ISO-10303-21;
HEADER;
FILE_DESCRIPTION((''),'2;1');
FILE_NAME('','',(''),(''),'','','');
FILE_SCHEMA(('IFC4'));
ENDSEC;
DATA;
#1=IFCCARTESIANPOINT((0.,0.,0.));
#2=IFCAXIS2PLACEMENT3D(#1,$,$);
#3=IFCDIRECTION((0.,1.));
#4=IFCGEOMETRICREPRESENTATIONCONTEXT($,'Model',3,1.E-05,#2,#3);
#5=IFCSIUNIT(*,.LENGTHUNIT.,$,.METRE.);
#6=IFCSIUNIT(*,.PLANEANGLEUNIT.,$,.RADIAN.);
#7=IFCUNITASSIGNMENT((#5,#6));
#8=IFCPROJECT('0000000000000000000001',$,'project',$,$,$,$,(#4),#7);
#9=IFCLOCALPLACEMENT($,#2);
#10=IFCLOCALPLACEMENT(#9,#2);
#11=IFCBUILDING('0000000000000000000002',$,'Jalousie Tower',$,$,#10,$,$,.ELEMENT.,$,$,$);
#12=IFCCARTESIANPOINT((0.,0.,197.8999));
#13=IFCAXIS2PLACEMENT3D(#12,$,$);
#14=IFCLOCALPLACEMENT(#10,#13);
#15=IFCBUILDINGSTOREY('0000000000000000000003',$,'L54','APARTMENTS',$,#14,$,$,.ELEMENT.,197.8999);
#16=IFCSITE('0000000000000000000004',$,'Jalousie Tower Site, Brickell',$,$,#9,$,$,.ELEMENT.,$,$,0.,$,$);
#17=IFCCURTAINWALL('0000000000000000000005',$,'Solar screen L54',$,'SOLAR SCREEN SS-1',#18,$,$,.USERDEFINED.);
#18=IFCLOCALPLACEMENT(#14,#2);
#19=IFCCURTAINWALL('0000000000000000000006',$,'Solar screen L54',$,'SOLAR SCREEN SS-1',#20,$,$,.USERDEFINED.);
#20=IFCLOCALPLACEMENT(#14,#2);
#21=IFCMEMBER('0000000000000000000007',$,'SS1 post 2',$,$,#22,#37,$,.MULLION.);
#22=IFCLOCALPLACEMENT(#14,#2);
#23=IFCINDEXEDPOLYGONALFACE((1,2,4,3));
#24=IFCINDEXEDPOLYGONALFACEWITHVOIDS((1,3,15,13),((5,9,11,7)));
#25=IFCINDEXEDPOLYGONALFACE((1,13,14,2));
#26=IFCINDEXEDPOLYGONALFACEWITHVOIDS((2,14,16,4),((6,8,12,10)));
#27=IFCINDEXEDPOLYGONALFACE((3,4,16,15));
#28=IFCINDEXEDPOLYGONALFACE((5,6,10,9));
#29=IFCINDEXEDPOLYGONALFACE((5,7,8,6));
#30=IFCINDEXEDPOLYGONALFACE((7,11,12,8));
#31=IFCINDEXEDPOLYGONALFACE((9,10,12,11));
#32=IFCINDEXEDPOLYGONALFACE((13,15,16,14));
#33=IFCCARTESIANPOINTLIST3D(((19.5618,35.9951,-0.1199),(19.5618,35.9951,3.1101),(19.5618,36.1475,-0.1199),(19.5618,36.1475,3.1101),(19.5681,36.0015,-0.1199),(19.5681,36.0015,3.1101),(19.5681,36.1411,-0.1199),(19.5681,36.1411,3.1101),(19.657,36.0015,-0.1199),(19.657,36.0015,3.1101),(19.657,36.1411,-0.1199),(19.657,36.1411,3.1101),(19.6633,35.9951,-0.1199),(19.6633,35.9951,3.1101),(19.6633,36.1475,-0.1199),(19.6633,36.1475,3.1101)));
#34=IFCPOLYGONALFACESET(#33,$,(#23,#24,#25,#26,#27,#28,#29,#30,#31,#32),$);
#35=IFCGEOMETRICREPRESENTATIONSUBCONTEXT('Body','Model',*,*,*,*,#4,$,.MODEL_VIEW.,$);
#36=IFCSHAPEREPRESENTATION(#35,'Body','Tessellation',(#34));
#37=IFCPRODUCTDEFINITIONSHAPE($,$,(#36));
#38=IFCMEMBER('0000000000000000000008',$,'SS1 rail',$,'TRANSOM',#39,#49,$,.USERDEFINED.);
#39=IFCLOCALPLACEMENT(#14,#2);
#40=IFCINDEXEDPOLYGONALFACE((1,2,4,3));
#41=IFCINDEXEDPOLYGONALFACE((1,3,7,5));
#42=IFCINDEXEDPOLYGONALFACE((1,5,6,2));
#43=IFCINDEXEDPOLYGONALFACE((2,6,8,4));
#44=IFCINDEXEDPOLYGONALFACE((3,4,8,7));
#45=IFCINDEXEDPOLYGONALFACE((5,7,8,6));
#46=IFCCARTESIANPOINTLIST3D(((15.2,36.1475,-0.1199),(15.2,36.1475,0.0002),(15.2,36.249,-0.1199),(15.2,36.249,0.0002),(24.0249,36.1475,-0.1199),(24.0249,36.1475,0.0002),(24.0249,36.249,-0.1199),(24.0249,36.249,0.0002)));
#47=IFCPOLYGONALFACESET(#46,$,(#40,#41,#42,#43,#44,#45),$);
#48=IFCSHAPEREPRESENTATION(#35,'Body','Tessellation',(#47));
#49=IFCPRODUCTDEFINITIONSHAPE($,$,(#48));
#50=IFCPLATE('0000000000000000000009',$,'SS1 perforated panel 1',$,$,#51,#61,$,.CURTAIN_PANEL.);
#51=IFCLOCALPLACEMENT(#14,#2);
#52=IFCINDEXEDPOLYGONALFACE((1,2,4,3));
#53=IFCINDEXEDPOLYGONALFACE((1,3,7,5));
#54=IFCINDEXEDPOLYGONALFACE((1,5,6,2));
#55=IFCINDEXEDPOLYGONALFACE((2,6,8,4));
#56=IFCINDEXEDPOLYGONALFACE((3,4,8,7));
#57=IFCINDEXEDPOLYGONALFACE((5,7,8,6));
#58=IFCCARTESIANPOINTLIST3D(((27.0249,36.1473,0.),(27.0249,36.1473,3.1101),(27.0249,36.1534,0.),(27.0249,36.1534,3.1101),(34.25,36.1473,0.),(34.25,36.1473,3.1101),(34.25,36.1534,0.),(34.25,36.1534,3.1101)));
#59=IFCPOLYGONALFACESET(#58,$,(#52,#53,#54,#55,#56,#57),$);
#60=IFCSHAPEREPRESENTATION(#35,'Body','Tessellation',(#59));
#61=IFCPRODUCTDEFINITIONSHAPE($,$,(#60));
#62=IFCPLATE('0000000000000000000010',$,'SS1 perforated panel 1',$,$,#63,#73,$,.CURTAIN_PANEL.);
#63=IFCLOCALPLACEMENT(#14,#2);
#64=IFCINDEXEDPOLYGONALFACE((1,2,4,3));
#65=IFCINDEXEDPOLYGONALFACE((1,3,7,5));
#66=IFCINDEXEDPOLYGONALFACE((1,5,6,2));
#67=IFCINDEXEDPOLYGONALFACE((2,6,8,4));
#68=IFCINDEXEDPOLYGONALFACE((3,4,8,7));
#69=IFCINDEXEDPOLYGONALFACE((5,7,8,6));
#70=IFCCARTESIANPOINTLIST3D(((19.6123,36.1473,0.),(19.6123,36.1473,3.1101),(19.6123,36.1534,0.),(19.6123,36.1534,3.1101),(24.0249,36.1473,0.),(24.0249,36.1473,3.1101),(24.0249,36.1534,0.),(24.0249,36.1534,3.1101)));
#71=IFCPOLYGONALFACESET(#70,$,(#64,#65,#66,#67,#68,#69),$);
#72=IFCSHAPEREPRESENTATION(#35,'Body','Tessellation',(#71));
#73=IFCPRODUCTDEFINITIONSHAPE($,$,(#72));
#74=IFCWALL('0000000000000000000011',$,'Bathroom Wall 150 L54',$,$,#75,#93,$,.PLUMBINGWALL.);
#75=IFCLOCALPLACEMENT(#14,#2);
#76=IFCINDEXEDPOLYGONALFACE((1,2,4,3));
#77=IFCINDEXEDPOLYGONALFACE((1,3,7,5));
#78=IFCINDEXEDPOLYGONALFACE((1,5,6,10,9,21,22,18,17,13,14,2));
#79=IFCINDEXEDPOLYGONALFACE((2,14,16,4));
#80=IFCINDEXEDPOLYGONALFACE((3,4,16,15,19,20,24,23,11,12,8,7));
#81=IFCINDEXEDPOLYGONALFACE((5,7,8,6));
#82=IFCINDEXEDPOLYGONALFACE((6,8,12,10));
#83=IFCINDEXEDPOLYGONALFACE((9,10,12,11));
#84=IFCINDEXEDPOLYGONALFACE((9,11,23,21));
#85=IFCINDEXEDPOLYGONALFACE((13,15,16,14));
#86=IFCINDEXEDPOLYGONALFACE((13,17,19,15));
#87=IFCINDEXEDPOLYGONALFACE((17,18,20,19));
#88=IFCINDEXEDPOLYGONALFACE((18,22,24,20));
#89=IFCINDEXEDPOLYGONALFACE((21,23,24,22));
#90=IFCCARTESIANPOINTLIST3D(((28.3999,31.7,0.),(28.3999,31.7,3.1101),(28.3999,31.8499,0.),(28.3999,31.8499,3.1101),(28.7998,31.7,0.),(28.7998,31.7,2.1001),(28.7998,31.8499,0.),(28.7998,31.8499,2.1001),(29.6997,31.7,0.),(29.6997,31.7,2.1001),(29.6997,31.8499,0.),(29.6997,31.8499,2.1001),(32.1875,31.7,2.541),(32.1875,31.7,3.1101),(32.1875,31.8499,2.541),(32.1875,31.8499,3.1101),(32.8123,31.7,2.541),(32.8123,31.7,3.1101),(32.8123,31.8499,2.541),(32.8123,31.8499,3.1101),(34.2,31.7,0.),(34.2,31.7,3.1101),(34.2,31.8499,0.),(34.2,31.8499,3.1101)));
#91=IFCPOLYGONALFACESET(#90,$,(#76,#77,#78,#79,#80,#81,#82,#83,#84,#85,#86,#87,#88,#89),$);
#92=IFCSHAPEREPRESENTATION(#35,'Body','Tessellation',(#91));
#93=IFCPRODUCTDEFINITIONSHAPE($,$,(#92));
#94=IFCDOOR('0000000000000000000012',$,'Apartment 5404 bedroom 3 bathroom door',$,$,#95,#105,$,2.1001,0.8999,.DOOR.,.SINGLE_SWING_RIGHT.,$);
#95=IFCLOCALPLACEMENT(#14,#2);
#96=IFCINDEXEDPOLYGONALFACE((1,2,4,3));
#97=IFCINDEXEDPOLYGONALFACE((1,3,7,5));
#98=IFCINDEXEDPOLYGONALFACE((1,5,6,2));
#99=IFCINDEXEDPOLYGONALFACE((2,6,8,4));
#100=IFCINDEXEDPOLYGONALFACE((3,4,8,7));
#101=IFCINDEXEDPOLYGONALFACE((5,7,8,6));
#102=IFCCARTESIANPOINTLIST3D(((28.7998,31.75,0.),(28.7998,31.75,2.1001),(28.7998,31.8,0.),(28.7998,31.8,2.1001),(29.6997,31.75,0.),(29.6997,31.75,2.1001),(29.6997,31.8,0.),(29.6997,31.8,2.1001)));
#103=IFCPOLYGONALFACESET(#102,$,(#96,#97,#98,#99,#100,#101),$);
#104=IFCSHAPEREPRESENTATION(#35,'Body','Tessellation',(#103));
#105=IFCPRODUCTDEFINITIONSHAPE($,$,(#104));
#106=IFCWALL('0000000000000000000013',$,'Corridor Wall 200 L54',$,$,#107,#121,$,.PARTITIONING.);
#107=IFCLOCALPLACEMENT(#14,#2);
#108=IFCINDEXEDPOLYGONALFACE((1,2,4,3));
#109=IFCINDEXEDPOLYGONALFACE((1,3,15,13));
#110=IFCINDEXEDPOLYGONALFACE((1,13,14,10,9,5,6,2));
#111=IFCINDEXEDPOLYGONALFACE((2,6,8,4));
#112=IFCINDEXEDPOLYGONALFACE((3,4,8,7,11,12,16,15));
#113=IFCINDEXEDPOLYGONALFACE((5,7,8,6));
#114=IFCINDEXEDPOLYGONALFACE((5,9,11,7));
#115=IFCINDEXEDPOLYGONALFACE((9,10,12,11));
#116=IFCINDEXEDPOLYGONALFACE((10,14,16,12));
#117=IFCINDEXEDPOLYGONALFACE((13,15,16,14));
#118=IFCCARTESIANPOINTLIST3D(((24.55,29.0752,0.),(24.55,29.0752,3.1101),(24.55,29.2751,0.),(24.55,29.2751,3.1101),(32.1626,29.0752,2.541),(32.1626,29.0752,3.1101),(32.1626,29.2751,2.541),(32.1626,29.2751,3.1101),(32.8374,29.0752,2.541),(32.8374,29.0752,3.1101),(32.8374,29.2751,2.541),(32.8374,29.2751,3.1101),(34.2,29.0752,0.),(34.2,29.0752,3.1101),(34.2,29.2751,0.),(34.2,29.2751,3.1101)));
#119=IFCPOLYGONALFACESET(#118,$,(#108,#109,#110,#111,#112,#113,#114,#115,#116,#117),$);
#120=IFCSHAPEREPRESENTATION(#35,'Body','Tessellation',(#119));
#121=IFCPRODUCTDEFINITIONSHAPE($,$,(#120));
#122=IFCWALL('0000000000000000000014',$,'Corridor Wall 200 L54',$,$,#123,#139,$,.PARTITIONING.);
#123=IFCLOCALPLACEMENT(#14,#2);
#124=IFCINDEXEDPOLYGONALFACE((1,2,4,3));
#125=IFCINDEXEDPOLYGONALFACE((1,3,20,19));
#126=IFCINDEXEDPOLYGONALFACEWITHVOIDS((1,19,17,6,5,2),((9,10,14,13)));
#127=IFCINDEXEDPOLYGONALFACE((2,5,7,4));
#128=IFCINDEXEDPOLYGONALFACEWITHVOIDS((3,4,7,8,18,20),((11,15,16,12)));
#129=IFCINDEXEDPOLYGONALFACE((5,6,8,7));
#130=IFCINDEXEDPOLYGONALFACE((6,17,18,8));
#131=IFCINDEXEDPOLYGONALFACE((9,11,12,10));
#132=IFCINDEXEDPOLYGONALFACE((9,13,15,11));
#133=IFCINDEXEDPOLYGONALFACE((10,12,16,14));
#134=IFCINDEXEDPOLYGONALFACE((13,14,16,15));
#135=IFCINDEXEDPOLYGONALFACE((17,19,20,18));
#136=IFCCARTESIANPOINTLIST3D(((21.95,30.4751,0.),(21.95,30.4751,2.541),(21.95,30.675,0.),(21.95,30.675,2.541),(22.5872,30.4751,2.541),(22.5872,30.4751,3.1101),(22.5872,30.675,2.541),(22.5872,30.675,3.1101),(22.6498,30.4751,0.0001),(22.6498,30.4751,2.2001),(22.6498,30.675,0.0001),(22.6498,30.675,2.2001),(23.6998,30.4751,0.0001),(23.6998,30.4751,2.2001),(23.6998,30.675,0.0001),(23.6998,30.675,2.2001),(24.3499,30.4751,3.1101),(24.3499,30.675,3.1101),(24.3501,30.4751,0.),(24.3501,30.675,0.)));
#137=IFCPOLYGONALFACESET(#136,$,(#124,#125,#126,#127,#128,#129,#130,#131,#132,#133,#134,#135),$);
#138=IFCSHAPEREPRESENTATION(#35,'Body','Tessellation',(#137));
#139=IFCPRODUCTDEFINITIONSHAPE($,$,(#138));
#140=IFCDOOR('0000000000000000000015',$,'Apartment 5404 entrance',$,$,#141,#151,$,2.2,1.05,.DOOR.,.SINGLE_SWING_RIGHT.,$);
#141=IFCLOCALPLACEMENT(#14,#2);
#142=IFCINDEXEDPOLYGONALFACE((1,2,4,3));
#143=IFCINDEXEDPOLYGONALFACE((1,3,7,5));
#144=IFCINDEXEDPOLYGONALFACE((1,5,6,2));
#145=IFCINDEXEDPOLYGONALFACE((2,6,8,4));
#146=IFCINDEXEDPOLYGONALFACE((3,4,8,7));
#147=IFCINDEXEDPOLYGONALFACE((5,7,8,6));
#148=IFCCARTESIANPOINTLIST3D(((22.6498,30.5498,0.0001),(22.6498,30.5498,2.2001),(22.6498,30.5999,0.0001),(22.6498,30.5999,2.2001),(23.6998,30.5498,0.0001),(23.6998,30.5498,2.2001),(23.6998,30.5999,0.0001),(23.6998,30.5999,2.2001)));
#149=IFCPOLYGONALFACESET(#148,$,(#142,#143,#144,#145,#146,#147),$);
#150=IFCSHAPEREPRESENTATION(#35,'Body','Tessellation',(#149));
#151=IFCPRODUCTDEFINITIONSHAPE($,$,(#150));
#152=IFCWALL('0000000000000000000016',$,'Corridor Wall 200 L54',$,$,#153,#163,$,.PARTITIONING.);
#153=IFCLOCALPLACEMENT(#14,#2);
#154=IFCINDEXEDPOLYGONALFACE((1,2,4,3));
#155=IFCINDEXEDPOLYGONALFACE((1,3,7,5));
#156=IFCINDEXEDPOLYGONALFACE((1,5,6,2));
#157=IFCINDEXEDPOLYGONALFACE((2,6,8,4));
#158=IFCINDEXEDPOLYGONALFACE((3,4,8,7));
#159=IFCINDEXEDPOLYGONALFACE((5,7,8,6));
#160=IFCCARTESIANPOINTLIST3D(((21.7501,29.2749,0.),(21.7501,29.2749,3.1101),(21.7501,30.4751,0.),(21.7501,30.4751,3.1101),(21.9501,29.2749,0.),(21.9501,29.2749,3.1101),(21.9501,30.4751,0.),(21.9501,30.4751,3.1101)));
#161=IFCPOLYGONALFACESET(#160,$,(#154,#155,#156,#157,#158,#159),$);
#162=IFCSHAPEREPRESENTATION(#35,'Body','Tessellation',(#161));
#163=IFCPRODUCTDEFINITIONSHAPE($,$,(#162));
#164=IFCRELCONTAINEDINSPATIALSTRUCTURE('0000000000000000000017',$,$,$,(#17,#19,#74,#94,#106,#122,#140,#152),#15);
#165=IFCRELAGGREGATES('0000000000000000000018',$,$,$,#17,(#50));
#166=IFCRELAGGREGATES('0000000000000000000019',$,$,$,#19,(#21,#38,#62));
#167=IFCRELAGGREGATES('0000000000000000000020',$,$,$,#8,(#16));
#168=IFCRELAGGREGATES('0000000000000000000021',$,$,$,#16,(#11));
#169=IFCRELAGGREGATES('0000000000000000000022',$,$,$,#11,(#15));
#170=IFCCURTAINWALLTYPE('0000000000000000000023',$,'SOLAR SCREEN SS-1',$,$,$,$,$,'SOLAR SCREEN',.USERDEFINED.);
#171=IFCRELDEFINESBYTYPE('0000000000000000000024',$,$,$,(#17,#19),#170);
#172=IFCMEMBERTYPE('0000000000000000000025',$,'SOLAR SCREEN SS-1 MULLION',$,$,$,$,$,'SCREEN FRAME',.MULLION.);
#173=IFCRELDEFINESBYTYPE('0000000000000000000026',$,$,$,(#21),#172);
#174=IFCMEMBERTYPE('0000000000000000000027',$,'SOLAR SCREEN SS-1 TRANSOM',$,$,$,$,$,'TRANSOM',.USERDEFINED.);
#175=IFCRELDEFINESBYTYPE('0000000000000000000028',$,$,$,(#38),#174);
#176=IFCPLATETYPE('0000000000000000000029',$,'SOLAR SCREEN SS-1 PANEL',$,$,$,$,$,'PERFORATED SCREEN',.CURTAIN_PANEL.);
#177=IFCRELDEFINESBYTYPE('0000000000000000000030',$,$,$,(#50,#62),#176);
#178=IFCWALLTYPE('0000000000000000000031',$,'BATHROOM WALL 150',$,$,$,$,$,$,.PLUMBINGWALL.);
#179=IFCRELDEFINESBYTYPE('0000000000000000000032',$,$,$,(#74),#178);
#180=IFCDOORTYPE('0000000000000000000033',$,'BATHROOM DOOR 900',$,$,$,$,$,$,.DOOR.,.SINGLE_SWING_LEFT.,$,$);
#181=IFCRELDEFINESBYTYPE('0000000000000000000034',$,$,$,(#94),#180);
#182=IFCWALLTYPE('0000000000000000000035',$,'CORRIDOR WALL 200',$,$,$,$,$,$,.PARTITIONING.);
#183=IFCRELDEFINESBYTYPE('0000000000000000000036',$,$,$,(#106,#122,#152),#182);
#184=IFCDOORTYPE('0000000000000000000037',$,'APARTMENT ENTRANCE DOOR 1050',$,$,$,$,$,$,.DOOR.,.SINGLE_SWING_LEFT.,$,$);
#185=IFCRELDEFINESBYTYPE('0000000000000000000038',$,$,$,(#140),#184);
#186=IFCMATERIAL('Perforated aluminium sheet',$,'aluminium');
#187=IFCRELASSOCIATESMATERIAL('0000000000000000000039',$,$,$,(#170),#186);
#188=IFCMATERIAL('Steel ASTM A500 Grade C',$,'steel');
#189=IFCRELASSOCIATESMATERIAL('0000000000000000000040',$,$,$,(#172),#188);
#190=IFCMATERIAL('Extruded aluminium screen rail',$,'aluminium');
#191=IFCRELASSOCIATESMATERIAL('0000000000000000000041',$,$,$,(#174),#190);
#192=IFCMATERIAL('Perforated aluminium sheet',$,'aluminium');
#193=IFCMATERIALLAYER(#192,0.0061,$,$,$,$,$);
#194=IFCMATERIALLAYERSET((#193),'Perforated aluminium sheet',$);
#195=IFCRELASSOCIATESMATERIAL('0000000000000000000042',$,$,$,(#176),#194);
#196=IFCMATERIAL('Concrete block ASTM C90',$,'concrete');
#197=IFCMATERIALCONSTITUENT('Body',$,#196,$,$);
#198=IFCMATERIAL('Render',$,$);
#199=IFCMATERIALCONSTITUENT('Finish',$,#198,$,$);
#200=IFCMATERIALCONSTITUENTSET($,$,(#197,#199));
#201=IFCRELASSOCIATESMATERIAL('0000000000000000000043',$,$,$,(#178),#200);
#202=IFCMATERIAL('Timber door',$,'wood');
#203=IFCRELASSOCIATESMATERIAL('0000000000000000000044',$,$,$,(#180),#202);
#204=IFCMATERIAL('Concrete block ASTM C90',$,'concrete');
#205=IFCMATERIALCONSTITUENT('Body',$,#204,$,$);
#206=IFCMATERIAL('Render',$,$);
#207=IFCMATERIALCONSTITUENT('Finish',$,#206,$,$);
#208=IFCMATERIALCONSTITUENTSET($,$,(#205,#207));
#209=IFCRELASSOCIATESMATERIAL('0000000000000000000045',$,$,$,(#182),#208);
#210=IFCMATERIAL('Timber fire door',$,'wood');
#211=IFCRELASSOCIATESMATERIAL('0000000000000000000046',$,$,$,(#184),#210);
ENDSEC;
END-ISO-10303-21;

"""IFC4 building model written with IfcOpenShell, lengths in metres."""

from ifc_helpers import new_model, si_unit, direction, frame, frame_2d, origin, origin_2d, place, context, subcontext, project, spatial, polyline, rectangle, hollow_rectangle, outline, extrude, material, layer, layer_set, constituent, constituent_set, material_profile, profile_set, type_object, element, fill, aggregate, save


model = new_model("IFC4")

# Units and contexts
model_context = context("Model", 3, precision=1e-05, world=origin(), true_north=direction((0.0, 1.0)))
body_context = subcontext(model_context, "Body", "Model", "MODEL_VIEW")
ifc_project = project(units=[si_unit("LENGTHUNIT", "METRE"), si_unit("PLANEANGLEUNIT", "RADIAN")], contexts=[model_context])

# Site, building, storey
site_placement = place(None, origin())
site = spatial("IfcSite", under=ifc_project, at=site_placement, Name="Jalousie Tower Site, Brickell", CompositionType="ELEMENT", RefElevation=0.0)
building_placement = place(site_placement, origin())
building = spatial("IfcBuilding", under=site, at=building_placement, Name="Jalousie Tower", CompositionType="ELEMENT")
storey_placement = place(building_placement, frame((0.0, 0.0, 197.8999)))
storey = spatial("IfcBuildingStorey", under=building, at=storey_placement, Name="L54", Description="APARTMENTS", CompositionType="ELEMENT", Elevation=197.8999)

# Curtain wall
ifc_material_1 = material(Name="Perforated aluminium sheet", Category="aluminium")
curtain_wall_type = type_object("IfcCurtainWallType", Name="SOLAR SCREEN SS-1", ElementType="SOLAR SCREEN", PredefinedType="USERDEFINED", material=ifc_material_1)
curtain_wall_1_placement = place(storey_placement, origin())
curtain_wall_1 = element("IfcCurtainWall", 1, at=curtain_wall_1_placement, inside=storey, type_object=curtain_wall_type, Name="Solar screen L54", ObjectType="SOLAR SCREEN SS-1", PredefinedType="USERDEFINED")
ifc_material_2 = material(Name="Steel ASTM A500 Grade C", Category="steel")
ifc_material_profile_1 = material_profile(ifc_material_2, hollow_rectangle(XDim=0.1016, YDim=0.1523, WallThickness=0.0063, at=origin_2d()), Name="HSS6X4X1/4")
ifc_profile_set_1 = profile_set([ifc_material_profile_1], Name="Steel ASTM A500 Grade C")
member_type_1 = type_object("IfcMemberType", Name="SOLAR SCREEN SS-1 MULLION", ElementType="SCREEN FRAME", PredefinedType="MULLION", material=ifc_profile_set_1)

# Curtain wall, members
curtain_wall_2_placement = place(storey_placement, origin())
curtain_wall_2 = element("IfcCurtainWall", 2, at=curtain_wall_2_placement, inside=storey, type_object=curtain_wall_type, Name="Solar screen L54", ObjectType="SOLAR SCREEN SS-1", PredefinedType="USERDEFINED")
member_1_placement = place(storey_placement, frame((19.6125, 36.0713, -0.1199), z_axis=(0.0, 0.0, 1.0), x_axis=(-1.0, 0.0, 0.0)))
member_1 = element("IfcMember", 3, at=member_1_placement, type_object=member_type_1, Name="SS1 post 2", PredefinedType="MULLION", context=body_context, shape_type="SweptSolid", body=[
    extrude(hollow_rectangle(XDim=0.1016, YDim=0.1523, WallThickness=0.0063, at=origin_2d()), origin(), (0.0, 0.0, 1.0), 3.23),
])
ifc_material_3 = material(Name="Extruded aluminium screen rail", Category="aluminium")
ifc_material_profile_2 = material_profile(ifc_material_3, rectangle(XDim=0.1016, YDim=0.1201, at=origin_2d()), Name="RAIL 102x120")
ifc_profile_set_2 = profile_set([ifc_material_profile_2], Name="Extruded aluminium screen rail")
member_type_2 = type_object("IfcMemberType", Name="SOLAR SCREEN SS-1 TRANSOM", ElementType="TRANSOM", PredefinedType="USERDEFINED", material=ifc_profile_set_2)
member_2_placement = place(storey_placement, frame((24.0249, 36.1982, -0.0598), z_axis=(-1.0, 0.0, 0.0), x_axis=(0.0, -1.0, 0.0)))
member_2 = element("IfcMember", 4, at=member_2_placement, type_object=member_type_2, Name="SS1 rail", ObjectType="TRANSOM", PredefinedType="USERDEFINED", context=body_context, shape_type="SweptSolid", body=[
    extrude(rectangle(XDim=0.1016, YDim=0.1201, at=origin_2d()), origin(), (0.0, 0.0, 1.0), 8.825),
])

# Plates
ifc_material_4 = material(Name="Perforated aluminium sheet", Category="aluminium")
ifc_layer = layer(ifc_material_4, 0.0061)
ifc_layer_set = layer_set([ifc_layer], Name="Perforated aluminium sheet")
plate_type = type_object("IfcPlateType", Name="SOLAR SCREEN SS-1 PANEL", ElementType="PERFORATED SCREEN", PredefinedType="CURTAIN_PANEL", material=ifc_layer_set)
plate_1_placement = place(storey_placement, frame((30.6375, 36.1504, 0.0), z_axis=(0.0, 0.0, 1.0), x_axis=(-1.0, 0.0, 0.0)))
plate_1 = element("IfcPlate", 5, at=plate_1_placement, type_object=plate_type, Name="SS1 perforated panel 1", PredefinedType="CURTAIN_PANEL", context=body_context, shape_type="SweptSolid", body=[
    extrude(rectangle(XDim=7.2251, YDim=0.0061, at=origin_2d()), origin(), (0.0, 0.0, 1.0), 3.1101),
])
aggregate(curtain_wall_1, [plate_1])
plate_2_placement = place(storey_placement, frame((21.8186, 36.1504, 0.0), z_axis=(0.0, 0.0, 1.0), x_axis=(-1.0, 0.0, 0.0)))
plate_2 = element("IfcPlate", 6, at=plate_2_placement, type_object=plate_type, Name="SS1 perforated panel 1", PredefinedType="CURTAIN_PANEL", context=body_context, shape_type="SweptSolid", body=[
    extrude(rectangle(XDim=4.4126, YDim=0.0061, at=origin_2d()), origin(), (0.0, 0.0, 1.0), 3.1101),
])
aggregate(curtain_wall_2, [member_1, member_2, plate_2])

# Wall, opening, door
ifc_material_5 = material(Name="Concrete block ASTM C90", Category="concrete")
ifc_constituent_1 = constituent(ifc_material_5, Name="Body")
ifc_material_6 = material(Name="Render")
ifc_constituent_2 = constituent(ifc_material_6, Name="Finish")
ifc_constituent_set_1 = constituent_set(constituents=[ifc_constituent_1, ifc_constituent_2])
wall_type_1 = type_object("IfcWallType", Name="BATHROOM WALL 150", PredefinedType="PLUMBINGWALL", material=ifc_constituent_set_1)
wall_1_placement = place(storey_placement, frame((28.3999, 31.7749, 0.0), z_axis=(0.0, 0.0, 1.0), x_axis=(1.0, 0.0, 0.0)))
wall_1 = element("IfcWall", 7, at=wall_1_placement, inside=storey, type_object=wall_type_1, Name="Bathroom Wall 150 L54", PredefinedType="PLUMBINGWALL", context=body_context, shape_type="SweptSolid", body=[
    extrude(outline(polyline([(0.0, 0.0), (5.8, 0.0), (5.8, 3.1101), (4.4124, 3.1101), (4.4124, 2.541), (3.7876, 2.541), (3.7876, 3.1101), (0.0, 3.1101), (0.0, 0.0)])), frame((0.0, 0.075, 0.0), z_axis=(0.0, -1.0, 0.0), x_axis=(1.0, 0.0, 0.0)), (0.0, 0.0, 1.0), 0.1499),
])
opening_1_placement = place(wall_1_placement, frame((0.3999, 0.0, 0.0)))
opening_1 = element("IfcOpeningElement", 8, at=opening_1_placement, cuts=wall_1, PredefinedType="OPENING", context=body_context, shape_type="SweptSolid", body=[
    extrude(rectangle(XDim=0.8999, YDim=2.1001, at=frame_2d((0.45, 1.05))), frame((0.0, 0.085, 0.0), z_axis=(0.0, -1.0, 0.0), x_axis=(1.0, 0.0, 0.0)), (0.0, 0.0, 1.0), 0.1699),
])
ifc_material_7 = material(Name="Timber door", Category="wood")
door_type_1 = type_object("IfcDoorType", Name="BATHROOM DOOR 900", OperationType="SINGLE_SWING_LEFT", PredefinedType="DOOR", material=ifc_material_7)
door_1_placement = place(opening_1_placement, frame((0.8999, 0.0, 0.0), z_axis=(0.0, 0.0, 1.0), x_axis=(-1.0, 0.0, 0.0)))
door_1 = element("IfcDoor", 9, at=door_1_placement, inside=storey, type_object=door_type_1, Name="Apartment 5404 bedroom 3 bathroom door", OperationType="SINGLE_SWING_RIGHT", OverallHeight=2.1001, OverallWidth=0.8999, PredefinedType="DOOR", context=body_context, shape_type="SweptSolid", body=[
    extrude(rectangle(XDim=0.8999, YDim=2.1001, at=frame_2d((0.45, 1.05))), frame((0.0, 0.0249, 0.0), z_axis=(0.0, -1.0, 0.0), x_axis=(1.0, 0.0, 0.0)), (0.0, 0.0, 1.0), 0.05),
])
fill(opening_1, door_1)

# Wall
ifc_material_8 = material(Name="Concrete block ASTM C90", Category="concrete")
ifc_constituent_3 = constituent(ifc_material_8, Name="Body")
ifc_material_9 = material(Name="Render")
ifc_constituent_4 = constituent(ifc_material_9, Name="Finish")
ifc_constituent_set_2 = constituent_set(constituents=[ifc_constituent_3, ifc_constituent_4])
wall_type_2 = type_object("IfcWallType", Name="CORRIDOR WALL 200", PredefinedType="PARTITIONING", material=ifc_constituent_set_2)
wall_2_placement = place(storey_placement, frame((24.55, 29.175, 0.0), z_axis=(0.0, 0.0, 1.0), x_axis=(1.0, 0.0, 0.0)))
element("IfcWall", 10, at=wall_2_placement, inside=storey, type_object=wall_type_2, Name="Corridor Wall 200 L54", PredefinedType="PARTITIONING", context=body_context, shape_type="SweptSolid", body=[
    extrude(outline(polyline([(0.0, 0.0), (9.6499, 0.0), (9.6499, 3.1101), (8.2874, 3.1101), (8.2874, 2.541), (7.6125, 2.541), (7.6125, 3.1101), (0.0, 3.1101), (0.0, 0.0)])), frame((0.0, 0.1001, 0.0), z_axis=(0.0, -1.0, 0.0), x_axis=(1.0, 0.0, 0.0)), (0.0, 0.0, 1.0), 0.2),
])

# Wall, opening, door
wall_3_placement = place(storey_placement, frame((21.95, 30.575, 0.0), z_axis=(0.0, 0.0, 1.0), x_axis=(1.0, 0.0, 0.0)))
wall_3 = element("IfcWall", 11, at=wall_3_placement, inside=storey, type_object=wall_type_2, Name="Corridor Wall 200 L54", PredefinedType="PARTITIONING", context=body_context, shape_type="SweptSolid", body=[
    extrude(outline(polyline([(0.0, 0.0), (2.4001, 0.0), (2.3999, 3.1101), (0.6372, 3.1101), (0.6372, 2.541), (0.0, 2.541), (0.0, 3.1101), (0.0, 0.0)])), frame((0.0, 0.1001, 0.0), z_axis=(0.0, -1.0, 0.0), x_axis=(1.0, 0.0, 0.0)), (0.0, 0.0, 1.0), 0.2),
])
opening_2_placement = place(wall_3_placement, frame((0.7, 0.0, 0.0)))
opening_2 = element("IfcOpeningElement", 12, at=opening_2_placement, cuts=wall_3, PredefinedType="OPENING", context=body_context, shape_type="SweptSolid", body=[
    extrude(rectangle(XDim=1.05, YDim=2.2, at=frame_2d((0.5249, 1.1001))), frame((0.0, 0.1099, 0.0), z_axis=(0.0, -1.0, 0.0), x_axis=(1.0, 0.0, 0.0)), (0.0, 0.0, 1.0), 0.22),
])
ifc_material_10 = material(Name="Timber fire door", Category="wood")
door_type_2 = type_object("IfcDoorType", Name="APARTMENT ENTRANCE DOOR 1050", OperationType="SINGLE_SWING_LEFT", PredefinedType="DOOR", material=ifc_material_10)
door_2_placement = place(opening_2_placement, origin())
door_2 = element("IfcDoor", 13, at=door_2_placement, inside=storey, type_object=door_type_2, Name="Apartment 5404 entrance", OperationType="SINGLE_SWING_RIGHT", OverallHeight=2.2, OverallWidth=1.05, PredefinedType="DOOR", context=body_context, shape_type="SweptSolid", body=[
    extrude(rectangle(XDim=1.05, YDim=2.2, at=frame_2d((0.5249, 1.1001))), frame((0.0, 0.0249, 0.0), z_axis=(0.0, -1.0, 0.0), x_axis=(1.0, 0.0, 0.0)), (0.0, 0.0, 1.0), 0.05),
])
fill(opening_2, door_2)

# Wall
for number, where, z_axis, x_axis, name in (
    (14, (21.8501, 29.2749, 0.0), (0.0, 0.0, 1.0), (0.0, 1.0, 0.0), "Corridor Wall 200 L54"),
):
    element("IfcWall", number, at=place(storey_placement, frame(where, z_axis=z_axis, x_axis=x_axis)), inside=storey, type_object=wall_type_2, Name=name, PredefinedType="PARTITIONING", context=body_context, shape_type="SweptSolid", body=[
        extrude(rectangle(XDim=1.2002, YDim=0.2, at=frame_2d((0.6001, 0.0))), origin(), (0.0, 0.0, 1.0), 3.1101),
    ])

save(model, "model.ifc")
